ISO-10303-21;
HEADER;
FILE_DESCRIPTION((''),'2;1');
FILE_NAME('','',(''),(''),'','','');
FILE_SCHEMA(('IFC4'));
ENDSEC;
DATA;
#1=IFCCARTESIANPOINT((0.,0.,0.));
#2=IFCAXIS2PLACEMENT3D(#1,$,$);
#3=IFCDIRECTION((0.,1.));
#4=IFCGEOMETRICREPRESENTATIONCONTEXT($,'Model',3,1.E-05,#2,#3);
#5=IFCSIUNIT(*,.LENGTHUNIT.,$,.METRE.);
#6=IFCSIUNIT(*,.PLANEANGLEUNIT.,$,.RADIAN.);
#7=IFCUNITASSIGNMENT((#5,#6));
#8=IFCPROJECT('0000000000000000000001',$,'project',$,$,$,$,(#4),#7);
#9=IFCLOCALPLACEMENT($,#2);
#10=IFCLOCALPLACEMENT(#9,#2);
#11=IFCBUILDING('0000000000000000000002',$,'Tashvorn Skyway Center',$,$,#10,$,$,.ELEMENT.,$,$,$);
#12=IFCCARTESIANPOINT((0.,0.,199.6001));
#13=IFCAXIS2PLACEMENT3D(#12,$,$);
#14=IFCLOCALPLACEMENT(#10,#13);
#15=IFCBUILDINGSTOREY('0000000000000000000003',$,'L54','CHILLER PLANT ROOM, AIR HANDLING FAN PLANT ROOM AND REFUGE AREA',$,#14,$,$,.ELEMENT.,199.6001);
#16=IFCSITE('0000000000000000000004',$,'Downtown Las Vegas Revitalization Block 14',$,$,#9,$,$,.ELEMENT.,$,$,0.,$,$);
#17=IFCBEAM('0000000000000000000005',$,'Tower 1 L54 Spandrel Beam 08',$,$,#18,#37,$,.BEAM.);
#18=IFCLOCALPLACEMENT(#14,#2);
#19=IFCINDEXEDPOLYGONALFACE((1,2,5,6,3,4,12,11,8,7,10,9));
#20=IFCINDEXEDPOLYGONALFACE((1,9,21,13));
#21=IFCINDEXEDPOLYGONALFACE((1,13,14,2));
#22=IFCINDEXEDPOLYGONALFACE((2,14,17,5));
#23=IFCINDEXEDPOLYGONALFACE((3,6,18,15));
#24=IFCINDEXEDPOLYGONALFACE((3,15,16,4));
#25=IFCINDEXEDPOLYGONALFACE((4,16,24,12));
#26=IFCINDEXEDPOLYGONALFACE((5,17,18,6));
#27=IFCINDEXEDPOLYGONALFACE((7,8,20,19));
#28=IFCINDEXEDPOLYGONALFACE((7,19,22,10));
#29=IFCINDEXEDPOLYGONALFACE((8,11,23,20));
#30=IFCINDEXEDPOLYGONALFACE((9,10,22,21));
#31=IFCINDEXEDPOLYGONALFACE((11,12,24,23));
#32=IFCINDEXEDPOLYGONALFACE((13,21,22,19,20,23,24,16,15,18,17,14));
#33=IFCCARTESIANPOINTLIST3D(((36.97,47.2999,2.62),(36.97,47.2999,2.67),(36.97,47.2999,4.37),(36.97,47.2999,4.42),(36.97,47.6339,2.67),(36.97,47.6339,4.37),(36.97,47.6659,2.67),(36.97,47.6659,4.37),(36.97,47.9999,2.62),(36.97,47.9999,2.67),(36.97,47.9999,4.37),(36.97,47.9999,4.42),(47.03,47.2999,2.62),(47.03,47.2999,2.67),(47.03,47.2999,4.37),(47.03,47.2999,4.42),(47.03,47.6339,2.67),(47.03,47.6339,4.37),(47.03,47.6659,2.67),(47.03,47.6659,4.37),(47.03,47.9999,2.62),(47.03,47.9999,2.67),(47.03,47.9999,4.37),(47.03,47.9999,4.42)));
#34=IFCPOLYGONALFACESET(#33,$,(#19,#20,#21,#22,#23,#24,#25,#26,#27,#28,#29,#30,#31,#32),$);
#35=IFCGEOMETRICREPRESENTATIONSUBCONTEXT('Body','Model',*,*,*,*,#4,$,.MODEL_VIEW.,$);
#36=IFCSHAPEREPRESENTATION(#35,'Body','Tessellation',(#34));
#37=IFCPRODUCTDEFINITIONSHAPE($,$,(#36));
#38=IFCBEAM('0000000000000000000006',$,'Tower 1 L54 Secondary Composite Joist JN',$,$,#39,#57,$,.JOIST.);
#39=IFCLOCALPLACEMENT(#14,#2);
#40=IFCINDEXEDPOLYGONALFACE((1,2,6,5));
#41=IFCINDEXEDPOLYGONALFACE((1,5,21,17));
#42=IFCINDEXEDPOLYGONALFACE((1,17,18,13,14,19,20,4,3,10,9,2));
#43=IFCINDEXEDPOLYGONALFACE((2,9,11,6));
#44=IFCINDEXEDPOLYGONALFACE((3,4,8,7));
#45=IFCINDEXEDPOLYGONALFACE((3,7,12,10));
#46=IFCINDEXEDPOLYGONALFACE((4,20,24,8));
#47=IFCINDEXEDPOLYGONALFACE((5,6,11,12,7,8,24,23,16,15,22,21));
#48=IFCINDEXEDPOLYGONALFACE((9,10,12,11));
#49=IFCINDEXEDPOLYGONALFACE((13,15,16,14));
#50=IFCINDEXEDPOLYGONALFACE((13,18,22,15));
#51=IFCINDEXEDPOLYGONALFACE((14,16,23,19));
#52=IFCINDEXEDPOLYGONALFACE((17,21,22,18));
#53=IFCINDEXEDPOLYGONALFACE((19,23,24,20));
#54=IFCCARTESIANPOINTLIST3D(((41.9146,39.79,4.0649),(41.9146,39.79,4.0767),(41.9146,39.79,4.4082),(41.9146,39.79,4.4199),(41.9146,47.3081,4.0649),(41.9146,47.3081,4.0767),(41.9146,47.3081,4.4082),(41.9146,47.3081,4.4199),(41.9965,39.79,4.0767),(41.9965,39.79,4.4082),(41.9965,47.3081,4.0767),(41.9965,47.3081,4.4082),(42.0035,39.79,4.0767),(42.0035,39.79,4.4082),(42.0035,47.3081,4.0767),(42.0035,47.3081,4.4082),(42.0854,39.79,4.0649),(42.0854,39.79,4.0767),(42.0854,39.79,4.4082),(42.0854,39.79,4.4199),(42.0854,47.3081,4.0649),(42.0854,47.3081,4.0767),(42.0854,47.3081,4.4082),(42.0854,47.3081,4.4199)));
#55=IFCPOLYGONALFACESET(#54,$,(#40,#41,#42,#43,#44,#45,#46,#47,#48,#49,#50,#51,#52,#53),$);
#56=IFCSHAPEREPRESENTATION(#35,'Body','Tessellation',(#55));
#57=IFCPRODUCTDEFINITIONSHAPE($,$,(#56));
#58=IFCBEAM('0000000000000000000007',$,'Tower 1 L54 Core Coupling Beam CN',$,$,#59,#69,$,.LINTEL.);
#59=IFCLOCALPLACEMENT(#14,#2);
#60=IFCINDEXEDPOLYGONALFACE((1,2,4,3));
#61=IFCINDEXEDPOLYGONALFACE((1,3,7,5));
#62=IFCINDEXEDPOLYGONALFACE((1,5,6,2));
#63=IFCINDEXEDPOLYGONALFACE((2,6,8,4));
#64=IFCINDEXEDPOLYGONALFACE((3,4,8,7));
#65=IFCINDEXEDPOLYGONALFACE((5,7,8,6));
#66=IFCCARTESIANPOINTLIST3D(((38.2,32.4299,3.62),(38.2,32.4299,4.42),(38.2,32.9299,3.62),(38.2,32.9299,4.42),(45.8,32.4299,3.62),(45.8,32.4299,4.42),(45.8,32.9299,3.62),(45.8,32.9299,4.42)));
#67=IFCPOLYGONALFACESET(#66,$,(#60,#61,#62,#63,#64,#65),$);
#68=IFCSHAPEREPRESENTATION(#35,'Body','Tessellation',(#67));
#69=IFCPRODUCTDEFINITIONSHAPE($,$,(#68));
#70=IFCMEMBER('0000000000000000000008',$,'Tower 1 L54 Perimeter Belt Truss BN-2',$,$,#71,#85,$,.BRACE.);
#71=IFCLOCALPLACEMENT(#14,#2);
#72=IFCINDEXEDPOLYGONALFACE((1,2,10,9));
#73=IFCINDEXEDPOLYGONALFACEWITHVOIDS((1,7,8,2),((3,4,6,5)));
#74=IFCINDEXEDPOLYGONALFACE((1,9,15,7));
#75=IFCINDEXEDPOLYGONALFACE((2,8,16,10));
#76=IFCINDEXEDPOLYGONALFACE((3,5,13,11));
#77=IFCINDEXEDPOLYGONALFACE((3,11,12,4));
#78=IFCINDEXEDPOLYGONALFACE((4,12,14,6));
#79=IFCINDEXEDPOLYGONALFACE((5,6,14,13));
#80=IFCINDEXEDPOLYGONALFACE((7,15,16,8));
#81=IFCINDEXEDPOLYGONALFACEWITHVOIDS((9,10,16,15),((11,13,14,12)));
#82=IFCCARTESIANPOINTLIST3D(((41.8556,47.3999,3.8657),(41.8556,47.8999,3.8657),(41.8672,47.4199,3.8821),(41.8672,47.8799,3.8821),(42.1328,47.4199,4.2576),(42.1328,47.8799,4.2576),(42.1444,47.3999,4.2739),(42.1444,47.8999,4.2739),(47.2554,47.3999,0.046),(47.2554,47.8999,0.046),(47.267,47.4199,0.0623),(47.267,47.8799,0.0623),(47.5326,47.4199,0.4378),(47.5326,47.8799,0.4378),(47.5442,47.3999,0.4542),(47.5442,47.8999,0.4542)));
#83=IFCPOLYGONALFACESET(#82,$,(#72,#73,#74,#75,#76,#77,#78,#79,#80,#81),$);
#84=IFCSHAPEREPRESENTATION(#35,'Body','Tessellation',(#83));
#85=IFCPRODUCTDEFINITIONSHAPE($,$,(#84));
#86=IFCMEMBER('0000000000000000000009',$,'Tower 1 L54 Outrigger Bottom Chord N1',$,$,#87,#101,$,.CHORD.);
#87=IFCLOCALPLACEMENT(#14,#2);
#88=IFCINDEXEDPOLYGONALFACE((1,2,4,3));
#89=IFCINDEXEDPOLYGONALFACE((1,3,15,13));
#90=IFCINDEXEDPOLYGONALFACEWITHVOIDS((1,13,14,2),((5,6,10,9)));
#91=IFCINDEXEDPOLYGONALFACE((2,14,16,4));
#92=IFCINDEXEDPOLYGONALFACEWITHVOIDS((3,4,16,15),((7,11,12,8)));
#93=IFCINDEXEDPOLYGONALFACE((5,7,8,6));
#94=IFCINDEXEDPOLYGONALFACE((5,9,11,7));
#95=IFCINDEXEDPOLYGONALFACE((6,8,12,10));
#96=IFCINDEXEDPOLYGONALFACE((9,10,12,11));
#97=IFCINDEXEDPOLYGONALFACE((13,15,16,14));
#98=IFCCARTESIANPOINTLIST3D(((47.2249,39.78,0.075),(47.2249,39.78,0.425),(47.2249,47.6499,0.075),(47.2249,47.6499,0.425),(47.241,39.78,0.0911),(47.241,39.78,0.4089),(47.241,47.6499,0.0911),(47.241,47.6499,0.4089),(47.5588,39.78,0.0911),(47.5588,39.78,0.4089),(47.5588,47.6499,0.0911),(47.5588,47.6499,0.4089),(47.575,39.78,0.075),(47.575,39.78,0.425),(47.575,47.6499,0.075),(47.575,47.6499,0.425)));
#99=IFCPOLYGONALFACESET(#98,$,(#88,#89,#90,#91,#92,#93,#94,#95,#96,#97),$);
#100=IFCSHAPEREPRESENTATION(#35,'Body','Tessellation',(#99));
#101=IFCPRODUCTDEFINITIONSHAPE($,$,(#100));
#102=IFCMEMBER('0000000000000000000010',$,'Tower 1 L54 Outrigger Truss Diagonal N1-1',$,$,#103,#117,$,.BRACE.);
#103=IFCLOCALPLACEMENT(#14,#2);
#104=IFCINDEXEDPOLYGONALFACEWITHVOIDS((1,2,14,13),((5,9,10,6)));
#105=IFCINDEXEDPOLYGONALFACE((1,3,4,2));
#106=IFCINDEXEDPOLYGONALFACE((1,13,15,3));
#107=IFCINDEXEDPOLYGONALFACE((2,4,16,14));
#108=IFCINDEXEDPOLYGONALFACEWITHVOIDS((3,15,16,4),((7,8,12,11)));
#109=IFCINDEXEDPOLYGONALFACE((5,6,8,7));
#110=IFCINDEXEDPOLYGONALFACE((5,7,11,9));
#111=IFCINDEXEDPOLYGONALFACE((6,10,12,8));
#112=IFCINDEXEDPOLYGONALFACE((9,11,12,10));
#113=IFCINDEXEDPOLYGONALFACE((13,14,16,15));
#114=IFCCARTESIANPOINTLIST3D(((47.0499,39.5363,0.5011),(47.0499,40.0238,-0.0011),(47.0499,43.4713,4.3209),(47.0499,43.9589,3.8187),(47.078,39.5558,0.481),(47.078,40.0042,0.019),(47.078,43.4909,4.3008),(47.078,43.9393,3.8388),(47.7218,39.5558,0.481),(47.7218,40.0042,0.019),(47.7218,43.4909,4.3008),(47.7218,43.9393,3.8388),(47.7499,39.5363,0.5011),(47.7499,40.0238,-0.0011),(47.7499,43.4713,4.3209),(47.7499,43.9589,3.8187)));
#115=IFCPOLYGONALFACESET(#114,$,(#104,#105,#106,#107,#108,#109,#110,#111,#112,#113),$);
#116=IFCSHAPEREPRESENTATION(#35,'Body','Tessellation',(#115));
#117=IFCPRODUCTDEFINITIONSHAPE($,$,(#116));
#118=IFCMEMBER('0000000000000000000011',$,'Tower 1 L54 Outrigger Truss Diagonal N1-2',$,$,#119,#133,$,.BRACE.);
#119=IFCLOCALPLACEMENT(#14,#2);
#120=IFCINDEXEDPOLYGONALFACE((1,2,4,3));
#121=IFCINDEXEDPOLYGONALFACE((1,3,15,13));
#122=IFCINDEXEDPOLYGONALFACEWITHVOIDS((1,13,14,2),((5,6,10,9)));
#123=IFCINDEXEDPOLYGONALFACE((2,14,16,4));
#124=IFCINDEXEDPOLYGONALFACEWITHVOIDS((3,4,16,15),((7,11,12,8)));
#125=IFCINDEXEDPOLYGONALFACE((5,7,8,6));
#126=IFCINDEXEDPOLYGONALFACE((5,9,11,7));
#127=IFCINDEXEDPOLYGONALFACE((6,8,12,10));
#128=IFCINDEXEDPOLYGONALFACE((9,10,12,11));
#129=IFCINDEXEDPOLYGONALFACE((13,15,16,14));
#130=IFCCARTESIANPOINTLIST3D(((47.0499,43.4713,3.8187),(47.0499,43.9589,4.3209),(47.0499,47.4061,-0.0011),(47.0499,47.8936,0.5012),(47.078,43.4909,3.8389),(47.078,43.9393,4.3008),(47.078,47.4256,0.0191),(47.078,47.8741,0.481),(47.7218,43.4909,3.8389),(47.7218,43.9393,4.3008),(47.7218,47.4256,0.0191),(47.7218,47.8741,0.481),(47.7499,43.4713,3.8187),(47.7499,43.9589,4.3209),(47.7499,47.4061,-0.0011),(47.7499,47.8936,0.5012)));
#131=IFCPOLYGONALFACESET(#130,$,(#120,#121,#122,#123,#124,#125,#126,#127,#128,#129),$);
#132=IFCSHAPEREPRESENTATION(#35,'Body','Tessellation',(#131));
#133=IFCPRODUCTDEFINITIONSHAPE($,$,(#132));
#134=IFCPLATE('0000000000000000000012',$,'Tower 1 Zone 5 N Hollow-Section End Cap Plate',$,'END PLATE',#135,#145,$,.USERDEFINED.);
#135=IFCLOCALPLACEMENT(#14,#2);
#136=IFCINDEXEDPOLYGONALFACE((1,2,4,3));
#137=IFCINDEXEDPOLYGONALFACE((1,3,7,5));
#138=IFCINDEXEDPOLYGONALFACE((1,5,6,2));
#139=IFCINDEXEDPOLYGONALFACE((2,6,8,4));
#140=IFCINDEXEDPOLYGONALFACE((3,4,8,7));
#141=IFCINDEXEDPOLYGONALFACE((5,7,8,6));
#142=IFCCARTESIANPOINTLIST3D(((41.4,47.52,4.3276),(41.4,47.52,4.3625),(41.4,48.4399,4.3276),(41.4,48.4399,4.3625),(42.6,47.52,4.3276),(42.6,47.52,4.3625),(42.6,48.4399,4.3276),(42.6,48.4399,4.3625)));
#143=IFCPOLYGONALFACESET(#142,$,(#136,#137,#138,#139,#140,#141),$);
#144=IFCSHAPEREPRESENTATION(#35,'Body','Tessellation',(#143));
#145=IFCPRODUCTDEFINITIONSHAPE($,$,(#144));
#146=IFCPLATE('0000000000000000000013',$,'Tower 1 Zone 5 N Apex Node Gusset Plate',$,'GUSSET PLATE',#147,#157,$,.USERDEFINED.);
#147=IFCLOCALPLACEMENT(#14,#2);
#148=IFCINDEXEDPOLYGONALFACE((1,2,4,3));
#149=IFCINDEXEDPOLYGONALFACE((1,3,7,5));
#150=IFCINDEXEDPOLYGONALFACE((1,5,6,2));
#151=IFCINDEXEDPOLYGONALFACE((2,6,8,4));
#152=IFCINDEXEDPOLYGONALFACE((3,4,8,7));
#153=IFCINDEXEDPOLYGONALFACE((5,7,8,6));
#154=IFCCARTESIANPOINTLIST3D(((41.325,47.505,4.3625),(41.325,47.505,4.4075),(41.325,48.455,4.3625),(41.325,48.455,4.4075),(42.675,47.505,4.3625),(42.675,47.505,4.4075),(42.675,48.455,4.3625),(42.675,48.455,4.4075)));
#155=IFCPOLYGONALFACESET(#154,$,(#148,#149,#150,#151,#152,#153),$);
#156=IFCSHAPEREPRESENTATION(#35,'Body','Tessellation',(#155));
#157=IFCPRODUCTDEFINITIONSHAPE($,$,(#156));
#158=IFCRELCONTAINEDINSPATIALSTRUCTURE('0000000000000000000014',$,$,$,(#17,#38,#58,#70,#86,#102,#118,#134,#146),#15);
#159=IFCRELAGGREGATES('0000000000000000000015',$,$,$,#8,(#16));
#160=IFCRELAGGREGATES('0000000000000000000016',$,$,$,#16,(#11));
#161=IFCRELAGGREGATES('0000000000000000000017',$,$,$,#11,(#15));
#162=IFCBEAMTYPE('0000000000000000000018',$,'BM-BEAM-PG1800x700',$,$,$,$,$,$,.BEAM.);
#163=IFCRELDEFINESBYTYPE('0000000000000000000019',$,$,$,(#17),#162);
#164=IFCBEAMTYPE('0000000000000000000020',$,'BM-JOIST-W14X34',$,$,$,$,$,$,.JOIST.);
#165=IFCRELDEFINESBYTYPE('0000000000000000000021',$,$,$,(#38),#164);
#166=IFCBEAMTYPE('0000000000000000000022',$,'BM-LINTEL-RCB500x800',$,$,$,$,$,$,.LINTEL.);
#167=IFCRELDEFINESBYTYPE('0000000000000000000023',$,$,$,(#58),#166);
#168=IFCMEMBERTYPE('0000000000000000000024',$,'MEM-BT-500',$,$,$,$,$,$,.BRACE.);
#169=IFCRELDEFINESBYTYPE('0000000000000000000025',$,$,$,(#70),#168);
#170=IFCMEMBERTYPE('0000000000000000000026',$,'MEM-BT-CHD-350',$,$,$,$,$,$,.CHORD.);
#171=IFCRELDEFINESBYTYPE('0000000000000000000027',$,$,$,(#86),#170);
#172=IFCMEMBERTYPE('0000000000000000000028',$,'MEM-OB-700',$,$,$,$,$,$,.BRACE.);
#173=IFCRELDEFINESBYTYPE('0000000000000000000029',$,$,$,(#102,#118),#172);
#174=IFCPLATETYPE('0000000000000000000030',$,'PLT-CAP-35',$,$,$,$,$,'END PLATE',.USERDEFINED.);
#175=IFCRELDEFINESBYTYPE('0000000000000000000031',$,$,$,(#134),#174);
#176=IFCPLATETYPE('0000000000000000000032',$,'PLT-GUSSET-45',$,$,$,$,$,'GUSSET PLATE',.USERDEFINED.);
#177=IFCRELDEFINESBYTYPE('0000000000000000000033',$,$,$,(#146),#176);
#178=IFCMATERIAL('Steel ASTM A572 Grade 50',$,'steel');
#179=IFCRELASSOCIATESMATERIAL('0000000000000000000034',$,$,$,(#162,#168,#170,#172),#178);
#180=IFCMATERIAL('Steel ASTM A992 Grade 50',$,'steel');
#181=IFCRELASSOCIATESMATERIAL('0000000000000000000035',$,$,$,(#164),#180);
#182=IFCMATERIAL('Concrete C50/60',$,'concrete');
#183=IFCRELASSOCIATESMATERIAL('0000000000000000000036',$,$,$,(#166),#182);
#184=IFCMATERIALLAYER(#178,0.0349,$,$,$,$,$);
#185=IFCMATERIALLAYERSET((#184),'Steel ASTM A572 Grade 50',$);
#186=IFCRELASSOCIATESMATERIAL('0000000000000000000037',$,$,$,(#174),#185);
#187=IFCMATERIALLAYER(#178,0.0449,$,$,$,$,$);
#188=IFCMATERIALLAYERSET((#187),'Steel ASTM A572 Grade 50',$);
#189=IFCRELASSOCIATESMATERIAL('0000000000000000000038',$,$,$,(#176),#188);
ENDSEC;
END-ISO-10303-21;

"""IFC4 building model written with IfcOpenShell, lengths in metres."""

from ifc_helpers import new_model, si_unit, direction, frame, origin, origin_2d, place, context, subcontext, project, spatial, rectangle, hollow_rectangle, i_section, extrude, material, layer, layer_set, material_profile, profile_set, type_object, element, save


model = new_model("IFC4")

# Units and contexts
model_context = context("Model", 3, precision=1e-05, world=origin(), true_north=direction((0.0, 1.0)))
body_context = subcontext(model_context, "Body", "Model", "MODEL_VIEW")
ifc_project = project(units=[si_unit("LENGTHUNIT", "METRE"), si_unit("PLANEANGLEUNIT", "RADIAN")], contexts=[model_context])

# Site, building, storey
site_placement = place(None, origin())
site = spatial("IfcSite", under=ifc_project, at=site_placement, Name="Downtown Las Vegas Revitalization Block 14", CompositionType="ELEMENT", RefElevation=0.0)
building_placement = place(site_placement, origin())
building = spatial("IfcBuilding", under=site, at=building_placement, Name="Tashvorn Skyway Center", CompositionType="ELEMENT")
storey_placement = place(building_placement, frame((0.0, 0.0, 199.6001)))
storey = spatial("IfcBuildingStorey", under=building, at=storey_placement, Name="L54", Description="CHILLER PLANT ROOM, AIR HANDLING FAN PLANT ROOM AND REFUGE AREA", CompositionType="ELEMENT", Elevation=199.6001)

# Beams
ifc_material_1 = material(Name="Steel ASTM A572 Grade 50", Category="steel")
ifc_material_profile_1 = material_profile(ifc_material_1, i_section(OverallWidth=0.7, OverallDepth=1.8, WebThickness=0.032, FlangeThickness=0.05, at=origin_2d()), Name="PG1800x700")
ifc_profile_set_1 = profile_set([ifc_material_profile_1], Name="Steel ASTM A572 Grade 50")
beam_type_1 = type_object("IfcBeamType", Name="BM-BEAM-PG1800x700", PredefinedType="BEAM", material=ifc_profile_set_1)
beam_1_placement = place(storey_placement, frame((47.03, 47.6499, 3.52), z_axis=(-1.0, 0.0, 0.0), x_axis=(0.0, -1.0, 0.0)))
element("IfcBeam", 1, at=beam_1_placement, inside=storey, type_object=beam_type_1, Name="Tower 1 L54 Spandrel Beam 08", PredefinedType="BEAM", context=body_context, shape_type="SweptSolid", body=[
    extrude(i_section(OverallWidth=0.7, OverallDepth=1.8, WebThickness=0.032, FlangeThickness=0.05, at=origin_2d()), origin(), (0.0, 0.0, 1.0), 10.0601),
])
ifc_material_2 = material(Name="Steel ASTM A992 Grade 50", Category="steel")
ifc_material_profile_2 = material_profile(ifc_material_2, i_section(OverallWidth=0.1709, OverallDepth=0.355, WebThickness=0.0071, FlangeThickness=0.0117, at=origin_2d()), Name="W14X34")
ifc_profile_set_2 = profile_set([ifc_material_profile_2], Name="Steel ASTM A992 Grade 50")
beam_type_2 = type_object("IfcBeamType", Name="BM-JOIST-W14X34", PredefinedType="JOIST", material=ifc_profile_set_2)
beam_2_placement = place(storey_placement, frame((42.0, 39.79, 4.2424), z_axis=(0.0, 1.0, 0.0), x_axis=(-1.0, 0.0, 0.0)))
element("IfcBeam", 2, at=beam_2_placement, inside=storey, type_object=beam_type_2, Name="Tower 1 L54 Secondary Composite Joist JN", PredefinedType="JOIST", context=body_context, shape_type="SweptSolid", body=[
    extrude(i_section(OverallWidth=0.1709, OverallDepth=0.355, WebThickness=0.0071, FlangeThickness=0.0117, at=origin_2d()), origin(), (0.0, 0.0, 1.0), 7.5181),
])
ifc_material_3 = material(Name="Concrete C50/60", Category="concrete")
ifc_material_profile_3 = material_profile(ifc_material_3, rectangle(XDim=0.5, YDim=0.8, at=origin_2d()), Name="RCB500x800")
ifc_profile_set_3 = profile_set([ifc_material_profile_3], Name="Concrete C50/60")
beam_type_3 = type_object("IfcBeamType", Name="BM-LINTEL-RCB500x800", PredefinedType="LINTEL", material=ifc_profile_set_3)
beam_3_placement = place(storey_placement, frame((38.2, 32.6799, 4.02), z_axis=(1.0, 0.0, 0.0), x_axis=(0.0, 1.0, 0.0)))
element("IfcBeam", 3, at=beam_3_placement, inside=storey, type_object=beam_type_3, Name="Tower 1 L54 Core Coupling Beam CN", PredefinedType="LINTEL", context=body_context, shape_type="SweptSolid", body=[
    extrude(rectangle(XDim=0.5, YDim=0.8, at=origin_2d()), origin(), (0.0, 0.0, 1.0), 7.6001),
])

# Members
ifc_material_profile_4 = material_profile(ifc_material_1, hollow_rectangle(XDim=0.5, YDim=0.5, WallThickness=0.02, at=origin_2d()), Name="HSS500x500x20")
ifc_profile_set_4 = profile_set([ifc_material_profile_4], Name="Steel ASTM A572 Grade 50")
member_type_1 = type_object("IfcMemberType", Name="MEM-BT-500", PredefinedType="BRACE", material=ifc_profile_set_4)
member_1_placement = place(storey_placement, frame((42.0, 47.6499, 4.0698), z_axis=(0.816388, 0.0, -0.577503), x_axis=(0.0, 1.0, 0.0)))
element("IfcMember", 4, at=member_1_placement, inside=storey, type_object=member_type_1, Name="Tower 1 L54 Perimeter Belt Truss BN-2", PredefinedType="BRACE", context=body_context, shape_type="SweptSolid", body=[
    extrude(hollow_rectangle(XDim=0.5, YDim=0.5, WallThickness=0.02, at=origin_2d()), origin(), (0.0, 0.0, 1.0), 6.6143),
])
ifc_material_profile_5 = material_profile(ifc_material_1, hollow_rectangle(XDim=0.3501, YDim=0.3501, WallThickness=0.0161, at=origin_2d()), Name="HSS350x350x16")
ifc_profile_set_5 = profile_set([ifc_material_profile_5], Name="Steel ASTM A572 Grade 50")
member_type_2 = type_object("IfcMemberType", Name="MEM-BT-CHD-350", PredefinedType="CHORD", material=ifc_profile_set_5)
member_2_placement = place(storey_placement, frame((47.3999, 39.78, 0.25), z_axis=(0.0, 1.0, 0.0), x_axis=(-1.0, 0.0, 0.0)))
element("IfcMember", 5, at=member_2_placement, inside=storey, type_object=member_type_2, Name="Tower 1 L54 Outrigger Bottom Chord N1", PredefinedType="CHORD", context=body_context, shape_type="SweptSolid", body=[
    extrude(hollow_rectangle(XDim=0.3501, YDim=0.3501, WallThickness=0.0161, at=origin_2d()), origin(), (0.0, 0.0, 1.0), 7.8699),
])
ifc_material_profile_6 = material_profile(ifc_material_1, hollow_rectangle(XDim=0.7, YDim=0.7, WallThickness=0.0281, at=origin_2d()), Name="BOX700x700x28")
ifc_profile_set_6 = profile_set([ifc_material_profile_6], Name="Steel ASTM A572 Grade 50")
member_type_3 = type_object("IfcMemberType", Name="MEM-OB-700", PredefinedType="BRACE", material=ifc_profile_set_6)
member_3_placement = place(storey_placement, frame((47.3999, 39.78, 0.25), z_axis=(0.0, 0.717535, 0.696523), x_axis=(-1.0, 0.0, 0.0)))
element("IfcMember", 6, at=member_3_placement, inside=storey, type_object=member_type_3, Name="Tower 1 L54 Outrigger Truss Diagonal N1-1", PredefinedType="BRACE", context=body_context, shape_type="SweptSolid", body=[
    extrude(hollow_rectangle(XDim=0.7, YDim=0.7, WallThickness=0.0281, at=origin_2d()), origin(), (0.0, 0.0, 1.0), 5.4841),
])
member_4_placement = place(storey_placement, frame((47.3999, 43.7151, 4.0698), z_axis=(0.0, 0.717513, -0.696545), x_axis=(-1.0, 0.0, 0.0)))
element("IfcMember", 7, at=member_4_placement, inside=storey, type_object=member_type_3, Name="Tower 1 L54 Outrigger Truss Diagonal N1-2", PredefinedType="BRACE", context=body_context, shape_type="SweptSolid", body=[
    extrude(hollow_rectangle(XDim=0.7, YDim=0.7, WallThickness=0.0281, at=origin_2d()), origin(), (0.0, 0.0, 1.0), 5.4839),
])

# Plates
ifc_layer_1 = layer(ifc_material_1, 0.0349)
ifc_layer_set_1 = layer_set([ifc_layer_1], Name="Steel ASTM A572 Grade 50")
plate_type_1 = type_object("IfcPlateType", Name="PLT-CAP-35", ElementType="END PLATE", PredefinedType="USERDEFINED", material=ifc_layer_set_1)
plate_1_placement = place(storey_placement, frame((42.0, 47.98, 4.3276), z_axis=(0.0, 0.0, 1.0), x_axis=(-1.0, 0.0, 0.0)))
element("IfcPlate", 8, at=plate_1_placement, inside=storey, type_object=plate_type_1, Name="Tower 1 Zone 5 N Hollow-Section End Cap Plate", ObjectType="END PLATE", PredefinedType="USERDEFINED", context=body_context, shape_type="SweptSolid", body=[
    extrude(rectangle(XDim=1.2, YDim=0.9199, at=origin_2d()), origin(), (0.0, 0.0, 1.0), 0.0349),
])
ifc_layer_2 = layer(ifc_material_1, 0.0449)
ifc_layer_set_2 = layer_set([ifc_layer_2], Name="Steel ASTM A572 Grade 50")
plate_type_2 = type_object("IfcPlateType", Name="PLT-GUSSET-45", ElementType="GUSSET PLATE", PredefinedType="USERDEFINED", material=ifc_layer_set_2)
plate_2_placement = place(storey_placement, frame((42.0, 47.98, 4.3625), z_axis=(0.0, 0.0, 1.0), x_axis=(-1.0, 0.0, 0.0)))
element("IfcPlate", 9, at=plate_2_placement, inside=storey, type_object=plate_type_2, Name="Tower 1 Zone 5 N Apex Node Gusset Plate", ObjectType="GUSSET PLATE", PredefinedType="USERDEFINED", context=body_context, shape_type="SweptSolid", body=[
    extrude(rectangle(XDim=1.3501, YDim=0.95, at=origin_2d()), origin(), (0.0, 0.0, 1.0), 0.0449),
])

save(model, "model.ifc")
